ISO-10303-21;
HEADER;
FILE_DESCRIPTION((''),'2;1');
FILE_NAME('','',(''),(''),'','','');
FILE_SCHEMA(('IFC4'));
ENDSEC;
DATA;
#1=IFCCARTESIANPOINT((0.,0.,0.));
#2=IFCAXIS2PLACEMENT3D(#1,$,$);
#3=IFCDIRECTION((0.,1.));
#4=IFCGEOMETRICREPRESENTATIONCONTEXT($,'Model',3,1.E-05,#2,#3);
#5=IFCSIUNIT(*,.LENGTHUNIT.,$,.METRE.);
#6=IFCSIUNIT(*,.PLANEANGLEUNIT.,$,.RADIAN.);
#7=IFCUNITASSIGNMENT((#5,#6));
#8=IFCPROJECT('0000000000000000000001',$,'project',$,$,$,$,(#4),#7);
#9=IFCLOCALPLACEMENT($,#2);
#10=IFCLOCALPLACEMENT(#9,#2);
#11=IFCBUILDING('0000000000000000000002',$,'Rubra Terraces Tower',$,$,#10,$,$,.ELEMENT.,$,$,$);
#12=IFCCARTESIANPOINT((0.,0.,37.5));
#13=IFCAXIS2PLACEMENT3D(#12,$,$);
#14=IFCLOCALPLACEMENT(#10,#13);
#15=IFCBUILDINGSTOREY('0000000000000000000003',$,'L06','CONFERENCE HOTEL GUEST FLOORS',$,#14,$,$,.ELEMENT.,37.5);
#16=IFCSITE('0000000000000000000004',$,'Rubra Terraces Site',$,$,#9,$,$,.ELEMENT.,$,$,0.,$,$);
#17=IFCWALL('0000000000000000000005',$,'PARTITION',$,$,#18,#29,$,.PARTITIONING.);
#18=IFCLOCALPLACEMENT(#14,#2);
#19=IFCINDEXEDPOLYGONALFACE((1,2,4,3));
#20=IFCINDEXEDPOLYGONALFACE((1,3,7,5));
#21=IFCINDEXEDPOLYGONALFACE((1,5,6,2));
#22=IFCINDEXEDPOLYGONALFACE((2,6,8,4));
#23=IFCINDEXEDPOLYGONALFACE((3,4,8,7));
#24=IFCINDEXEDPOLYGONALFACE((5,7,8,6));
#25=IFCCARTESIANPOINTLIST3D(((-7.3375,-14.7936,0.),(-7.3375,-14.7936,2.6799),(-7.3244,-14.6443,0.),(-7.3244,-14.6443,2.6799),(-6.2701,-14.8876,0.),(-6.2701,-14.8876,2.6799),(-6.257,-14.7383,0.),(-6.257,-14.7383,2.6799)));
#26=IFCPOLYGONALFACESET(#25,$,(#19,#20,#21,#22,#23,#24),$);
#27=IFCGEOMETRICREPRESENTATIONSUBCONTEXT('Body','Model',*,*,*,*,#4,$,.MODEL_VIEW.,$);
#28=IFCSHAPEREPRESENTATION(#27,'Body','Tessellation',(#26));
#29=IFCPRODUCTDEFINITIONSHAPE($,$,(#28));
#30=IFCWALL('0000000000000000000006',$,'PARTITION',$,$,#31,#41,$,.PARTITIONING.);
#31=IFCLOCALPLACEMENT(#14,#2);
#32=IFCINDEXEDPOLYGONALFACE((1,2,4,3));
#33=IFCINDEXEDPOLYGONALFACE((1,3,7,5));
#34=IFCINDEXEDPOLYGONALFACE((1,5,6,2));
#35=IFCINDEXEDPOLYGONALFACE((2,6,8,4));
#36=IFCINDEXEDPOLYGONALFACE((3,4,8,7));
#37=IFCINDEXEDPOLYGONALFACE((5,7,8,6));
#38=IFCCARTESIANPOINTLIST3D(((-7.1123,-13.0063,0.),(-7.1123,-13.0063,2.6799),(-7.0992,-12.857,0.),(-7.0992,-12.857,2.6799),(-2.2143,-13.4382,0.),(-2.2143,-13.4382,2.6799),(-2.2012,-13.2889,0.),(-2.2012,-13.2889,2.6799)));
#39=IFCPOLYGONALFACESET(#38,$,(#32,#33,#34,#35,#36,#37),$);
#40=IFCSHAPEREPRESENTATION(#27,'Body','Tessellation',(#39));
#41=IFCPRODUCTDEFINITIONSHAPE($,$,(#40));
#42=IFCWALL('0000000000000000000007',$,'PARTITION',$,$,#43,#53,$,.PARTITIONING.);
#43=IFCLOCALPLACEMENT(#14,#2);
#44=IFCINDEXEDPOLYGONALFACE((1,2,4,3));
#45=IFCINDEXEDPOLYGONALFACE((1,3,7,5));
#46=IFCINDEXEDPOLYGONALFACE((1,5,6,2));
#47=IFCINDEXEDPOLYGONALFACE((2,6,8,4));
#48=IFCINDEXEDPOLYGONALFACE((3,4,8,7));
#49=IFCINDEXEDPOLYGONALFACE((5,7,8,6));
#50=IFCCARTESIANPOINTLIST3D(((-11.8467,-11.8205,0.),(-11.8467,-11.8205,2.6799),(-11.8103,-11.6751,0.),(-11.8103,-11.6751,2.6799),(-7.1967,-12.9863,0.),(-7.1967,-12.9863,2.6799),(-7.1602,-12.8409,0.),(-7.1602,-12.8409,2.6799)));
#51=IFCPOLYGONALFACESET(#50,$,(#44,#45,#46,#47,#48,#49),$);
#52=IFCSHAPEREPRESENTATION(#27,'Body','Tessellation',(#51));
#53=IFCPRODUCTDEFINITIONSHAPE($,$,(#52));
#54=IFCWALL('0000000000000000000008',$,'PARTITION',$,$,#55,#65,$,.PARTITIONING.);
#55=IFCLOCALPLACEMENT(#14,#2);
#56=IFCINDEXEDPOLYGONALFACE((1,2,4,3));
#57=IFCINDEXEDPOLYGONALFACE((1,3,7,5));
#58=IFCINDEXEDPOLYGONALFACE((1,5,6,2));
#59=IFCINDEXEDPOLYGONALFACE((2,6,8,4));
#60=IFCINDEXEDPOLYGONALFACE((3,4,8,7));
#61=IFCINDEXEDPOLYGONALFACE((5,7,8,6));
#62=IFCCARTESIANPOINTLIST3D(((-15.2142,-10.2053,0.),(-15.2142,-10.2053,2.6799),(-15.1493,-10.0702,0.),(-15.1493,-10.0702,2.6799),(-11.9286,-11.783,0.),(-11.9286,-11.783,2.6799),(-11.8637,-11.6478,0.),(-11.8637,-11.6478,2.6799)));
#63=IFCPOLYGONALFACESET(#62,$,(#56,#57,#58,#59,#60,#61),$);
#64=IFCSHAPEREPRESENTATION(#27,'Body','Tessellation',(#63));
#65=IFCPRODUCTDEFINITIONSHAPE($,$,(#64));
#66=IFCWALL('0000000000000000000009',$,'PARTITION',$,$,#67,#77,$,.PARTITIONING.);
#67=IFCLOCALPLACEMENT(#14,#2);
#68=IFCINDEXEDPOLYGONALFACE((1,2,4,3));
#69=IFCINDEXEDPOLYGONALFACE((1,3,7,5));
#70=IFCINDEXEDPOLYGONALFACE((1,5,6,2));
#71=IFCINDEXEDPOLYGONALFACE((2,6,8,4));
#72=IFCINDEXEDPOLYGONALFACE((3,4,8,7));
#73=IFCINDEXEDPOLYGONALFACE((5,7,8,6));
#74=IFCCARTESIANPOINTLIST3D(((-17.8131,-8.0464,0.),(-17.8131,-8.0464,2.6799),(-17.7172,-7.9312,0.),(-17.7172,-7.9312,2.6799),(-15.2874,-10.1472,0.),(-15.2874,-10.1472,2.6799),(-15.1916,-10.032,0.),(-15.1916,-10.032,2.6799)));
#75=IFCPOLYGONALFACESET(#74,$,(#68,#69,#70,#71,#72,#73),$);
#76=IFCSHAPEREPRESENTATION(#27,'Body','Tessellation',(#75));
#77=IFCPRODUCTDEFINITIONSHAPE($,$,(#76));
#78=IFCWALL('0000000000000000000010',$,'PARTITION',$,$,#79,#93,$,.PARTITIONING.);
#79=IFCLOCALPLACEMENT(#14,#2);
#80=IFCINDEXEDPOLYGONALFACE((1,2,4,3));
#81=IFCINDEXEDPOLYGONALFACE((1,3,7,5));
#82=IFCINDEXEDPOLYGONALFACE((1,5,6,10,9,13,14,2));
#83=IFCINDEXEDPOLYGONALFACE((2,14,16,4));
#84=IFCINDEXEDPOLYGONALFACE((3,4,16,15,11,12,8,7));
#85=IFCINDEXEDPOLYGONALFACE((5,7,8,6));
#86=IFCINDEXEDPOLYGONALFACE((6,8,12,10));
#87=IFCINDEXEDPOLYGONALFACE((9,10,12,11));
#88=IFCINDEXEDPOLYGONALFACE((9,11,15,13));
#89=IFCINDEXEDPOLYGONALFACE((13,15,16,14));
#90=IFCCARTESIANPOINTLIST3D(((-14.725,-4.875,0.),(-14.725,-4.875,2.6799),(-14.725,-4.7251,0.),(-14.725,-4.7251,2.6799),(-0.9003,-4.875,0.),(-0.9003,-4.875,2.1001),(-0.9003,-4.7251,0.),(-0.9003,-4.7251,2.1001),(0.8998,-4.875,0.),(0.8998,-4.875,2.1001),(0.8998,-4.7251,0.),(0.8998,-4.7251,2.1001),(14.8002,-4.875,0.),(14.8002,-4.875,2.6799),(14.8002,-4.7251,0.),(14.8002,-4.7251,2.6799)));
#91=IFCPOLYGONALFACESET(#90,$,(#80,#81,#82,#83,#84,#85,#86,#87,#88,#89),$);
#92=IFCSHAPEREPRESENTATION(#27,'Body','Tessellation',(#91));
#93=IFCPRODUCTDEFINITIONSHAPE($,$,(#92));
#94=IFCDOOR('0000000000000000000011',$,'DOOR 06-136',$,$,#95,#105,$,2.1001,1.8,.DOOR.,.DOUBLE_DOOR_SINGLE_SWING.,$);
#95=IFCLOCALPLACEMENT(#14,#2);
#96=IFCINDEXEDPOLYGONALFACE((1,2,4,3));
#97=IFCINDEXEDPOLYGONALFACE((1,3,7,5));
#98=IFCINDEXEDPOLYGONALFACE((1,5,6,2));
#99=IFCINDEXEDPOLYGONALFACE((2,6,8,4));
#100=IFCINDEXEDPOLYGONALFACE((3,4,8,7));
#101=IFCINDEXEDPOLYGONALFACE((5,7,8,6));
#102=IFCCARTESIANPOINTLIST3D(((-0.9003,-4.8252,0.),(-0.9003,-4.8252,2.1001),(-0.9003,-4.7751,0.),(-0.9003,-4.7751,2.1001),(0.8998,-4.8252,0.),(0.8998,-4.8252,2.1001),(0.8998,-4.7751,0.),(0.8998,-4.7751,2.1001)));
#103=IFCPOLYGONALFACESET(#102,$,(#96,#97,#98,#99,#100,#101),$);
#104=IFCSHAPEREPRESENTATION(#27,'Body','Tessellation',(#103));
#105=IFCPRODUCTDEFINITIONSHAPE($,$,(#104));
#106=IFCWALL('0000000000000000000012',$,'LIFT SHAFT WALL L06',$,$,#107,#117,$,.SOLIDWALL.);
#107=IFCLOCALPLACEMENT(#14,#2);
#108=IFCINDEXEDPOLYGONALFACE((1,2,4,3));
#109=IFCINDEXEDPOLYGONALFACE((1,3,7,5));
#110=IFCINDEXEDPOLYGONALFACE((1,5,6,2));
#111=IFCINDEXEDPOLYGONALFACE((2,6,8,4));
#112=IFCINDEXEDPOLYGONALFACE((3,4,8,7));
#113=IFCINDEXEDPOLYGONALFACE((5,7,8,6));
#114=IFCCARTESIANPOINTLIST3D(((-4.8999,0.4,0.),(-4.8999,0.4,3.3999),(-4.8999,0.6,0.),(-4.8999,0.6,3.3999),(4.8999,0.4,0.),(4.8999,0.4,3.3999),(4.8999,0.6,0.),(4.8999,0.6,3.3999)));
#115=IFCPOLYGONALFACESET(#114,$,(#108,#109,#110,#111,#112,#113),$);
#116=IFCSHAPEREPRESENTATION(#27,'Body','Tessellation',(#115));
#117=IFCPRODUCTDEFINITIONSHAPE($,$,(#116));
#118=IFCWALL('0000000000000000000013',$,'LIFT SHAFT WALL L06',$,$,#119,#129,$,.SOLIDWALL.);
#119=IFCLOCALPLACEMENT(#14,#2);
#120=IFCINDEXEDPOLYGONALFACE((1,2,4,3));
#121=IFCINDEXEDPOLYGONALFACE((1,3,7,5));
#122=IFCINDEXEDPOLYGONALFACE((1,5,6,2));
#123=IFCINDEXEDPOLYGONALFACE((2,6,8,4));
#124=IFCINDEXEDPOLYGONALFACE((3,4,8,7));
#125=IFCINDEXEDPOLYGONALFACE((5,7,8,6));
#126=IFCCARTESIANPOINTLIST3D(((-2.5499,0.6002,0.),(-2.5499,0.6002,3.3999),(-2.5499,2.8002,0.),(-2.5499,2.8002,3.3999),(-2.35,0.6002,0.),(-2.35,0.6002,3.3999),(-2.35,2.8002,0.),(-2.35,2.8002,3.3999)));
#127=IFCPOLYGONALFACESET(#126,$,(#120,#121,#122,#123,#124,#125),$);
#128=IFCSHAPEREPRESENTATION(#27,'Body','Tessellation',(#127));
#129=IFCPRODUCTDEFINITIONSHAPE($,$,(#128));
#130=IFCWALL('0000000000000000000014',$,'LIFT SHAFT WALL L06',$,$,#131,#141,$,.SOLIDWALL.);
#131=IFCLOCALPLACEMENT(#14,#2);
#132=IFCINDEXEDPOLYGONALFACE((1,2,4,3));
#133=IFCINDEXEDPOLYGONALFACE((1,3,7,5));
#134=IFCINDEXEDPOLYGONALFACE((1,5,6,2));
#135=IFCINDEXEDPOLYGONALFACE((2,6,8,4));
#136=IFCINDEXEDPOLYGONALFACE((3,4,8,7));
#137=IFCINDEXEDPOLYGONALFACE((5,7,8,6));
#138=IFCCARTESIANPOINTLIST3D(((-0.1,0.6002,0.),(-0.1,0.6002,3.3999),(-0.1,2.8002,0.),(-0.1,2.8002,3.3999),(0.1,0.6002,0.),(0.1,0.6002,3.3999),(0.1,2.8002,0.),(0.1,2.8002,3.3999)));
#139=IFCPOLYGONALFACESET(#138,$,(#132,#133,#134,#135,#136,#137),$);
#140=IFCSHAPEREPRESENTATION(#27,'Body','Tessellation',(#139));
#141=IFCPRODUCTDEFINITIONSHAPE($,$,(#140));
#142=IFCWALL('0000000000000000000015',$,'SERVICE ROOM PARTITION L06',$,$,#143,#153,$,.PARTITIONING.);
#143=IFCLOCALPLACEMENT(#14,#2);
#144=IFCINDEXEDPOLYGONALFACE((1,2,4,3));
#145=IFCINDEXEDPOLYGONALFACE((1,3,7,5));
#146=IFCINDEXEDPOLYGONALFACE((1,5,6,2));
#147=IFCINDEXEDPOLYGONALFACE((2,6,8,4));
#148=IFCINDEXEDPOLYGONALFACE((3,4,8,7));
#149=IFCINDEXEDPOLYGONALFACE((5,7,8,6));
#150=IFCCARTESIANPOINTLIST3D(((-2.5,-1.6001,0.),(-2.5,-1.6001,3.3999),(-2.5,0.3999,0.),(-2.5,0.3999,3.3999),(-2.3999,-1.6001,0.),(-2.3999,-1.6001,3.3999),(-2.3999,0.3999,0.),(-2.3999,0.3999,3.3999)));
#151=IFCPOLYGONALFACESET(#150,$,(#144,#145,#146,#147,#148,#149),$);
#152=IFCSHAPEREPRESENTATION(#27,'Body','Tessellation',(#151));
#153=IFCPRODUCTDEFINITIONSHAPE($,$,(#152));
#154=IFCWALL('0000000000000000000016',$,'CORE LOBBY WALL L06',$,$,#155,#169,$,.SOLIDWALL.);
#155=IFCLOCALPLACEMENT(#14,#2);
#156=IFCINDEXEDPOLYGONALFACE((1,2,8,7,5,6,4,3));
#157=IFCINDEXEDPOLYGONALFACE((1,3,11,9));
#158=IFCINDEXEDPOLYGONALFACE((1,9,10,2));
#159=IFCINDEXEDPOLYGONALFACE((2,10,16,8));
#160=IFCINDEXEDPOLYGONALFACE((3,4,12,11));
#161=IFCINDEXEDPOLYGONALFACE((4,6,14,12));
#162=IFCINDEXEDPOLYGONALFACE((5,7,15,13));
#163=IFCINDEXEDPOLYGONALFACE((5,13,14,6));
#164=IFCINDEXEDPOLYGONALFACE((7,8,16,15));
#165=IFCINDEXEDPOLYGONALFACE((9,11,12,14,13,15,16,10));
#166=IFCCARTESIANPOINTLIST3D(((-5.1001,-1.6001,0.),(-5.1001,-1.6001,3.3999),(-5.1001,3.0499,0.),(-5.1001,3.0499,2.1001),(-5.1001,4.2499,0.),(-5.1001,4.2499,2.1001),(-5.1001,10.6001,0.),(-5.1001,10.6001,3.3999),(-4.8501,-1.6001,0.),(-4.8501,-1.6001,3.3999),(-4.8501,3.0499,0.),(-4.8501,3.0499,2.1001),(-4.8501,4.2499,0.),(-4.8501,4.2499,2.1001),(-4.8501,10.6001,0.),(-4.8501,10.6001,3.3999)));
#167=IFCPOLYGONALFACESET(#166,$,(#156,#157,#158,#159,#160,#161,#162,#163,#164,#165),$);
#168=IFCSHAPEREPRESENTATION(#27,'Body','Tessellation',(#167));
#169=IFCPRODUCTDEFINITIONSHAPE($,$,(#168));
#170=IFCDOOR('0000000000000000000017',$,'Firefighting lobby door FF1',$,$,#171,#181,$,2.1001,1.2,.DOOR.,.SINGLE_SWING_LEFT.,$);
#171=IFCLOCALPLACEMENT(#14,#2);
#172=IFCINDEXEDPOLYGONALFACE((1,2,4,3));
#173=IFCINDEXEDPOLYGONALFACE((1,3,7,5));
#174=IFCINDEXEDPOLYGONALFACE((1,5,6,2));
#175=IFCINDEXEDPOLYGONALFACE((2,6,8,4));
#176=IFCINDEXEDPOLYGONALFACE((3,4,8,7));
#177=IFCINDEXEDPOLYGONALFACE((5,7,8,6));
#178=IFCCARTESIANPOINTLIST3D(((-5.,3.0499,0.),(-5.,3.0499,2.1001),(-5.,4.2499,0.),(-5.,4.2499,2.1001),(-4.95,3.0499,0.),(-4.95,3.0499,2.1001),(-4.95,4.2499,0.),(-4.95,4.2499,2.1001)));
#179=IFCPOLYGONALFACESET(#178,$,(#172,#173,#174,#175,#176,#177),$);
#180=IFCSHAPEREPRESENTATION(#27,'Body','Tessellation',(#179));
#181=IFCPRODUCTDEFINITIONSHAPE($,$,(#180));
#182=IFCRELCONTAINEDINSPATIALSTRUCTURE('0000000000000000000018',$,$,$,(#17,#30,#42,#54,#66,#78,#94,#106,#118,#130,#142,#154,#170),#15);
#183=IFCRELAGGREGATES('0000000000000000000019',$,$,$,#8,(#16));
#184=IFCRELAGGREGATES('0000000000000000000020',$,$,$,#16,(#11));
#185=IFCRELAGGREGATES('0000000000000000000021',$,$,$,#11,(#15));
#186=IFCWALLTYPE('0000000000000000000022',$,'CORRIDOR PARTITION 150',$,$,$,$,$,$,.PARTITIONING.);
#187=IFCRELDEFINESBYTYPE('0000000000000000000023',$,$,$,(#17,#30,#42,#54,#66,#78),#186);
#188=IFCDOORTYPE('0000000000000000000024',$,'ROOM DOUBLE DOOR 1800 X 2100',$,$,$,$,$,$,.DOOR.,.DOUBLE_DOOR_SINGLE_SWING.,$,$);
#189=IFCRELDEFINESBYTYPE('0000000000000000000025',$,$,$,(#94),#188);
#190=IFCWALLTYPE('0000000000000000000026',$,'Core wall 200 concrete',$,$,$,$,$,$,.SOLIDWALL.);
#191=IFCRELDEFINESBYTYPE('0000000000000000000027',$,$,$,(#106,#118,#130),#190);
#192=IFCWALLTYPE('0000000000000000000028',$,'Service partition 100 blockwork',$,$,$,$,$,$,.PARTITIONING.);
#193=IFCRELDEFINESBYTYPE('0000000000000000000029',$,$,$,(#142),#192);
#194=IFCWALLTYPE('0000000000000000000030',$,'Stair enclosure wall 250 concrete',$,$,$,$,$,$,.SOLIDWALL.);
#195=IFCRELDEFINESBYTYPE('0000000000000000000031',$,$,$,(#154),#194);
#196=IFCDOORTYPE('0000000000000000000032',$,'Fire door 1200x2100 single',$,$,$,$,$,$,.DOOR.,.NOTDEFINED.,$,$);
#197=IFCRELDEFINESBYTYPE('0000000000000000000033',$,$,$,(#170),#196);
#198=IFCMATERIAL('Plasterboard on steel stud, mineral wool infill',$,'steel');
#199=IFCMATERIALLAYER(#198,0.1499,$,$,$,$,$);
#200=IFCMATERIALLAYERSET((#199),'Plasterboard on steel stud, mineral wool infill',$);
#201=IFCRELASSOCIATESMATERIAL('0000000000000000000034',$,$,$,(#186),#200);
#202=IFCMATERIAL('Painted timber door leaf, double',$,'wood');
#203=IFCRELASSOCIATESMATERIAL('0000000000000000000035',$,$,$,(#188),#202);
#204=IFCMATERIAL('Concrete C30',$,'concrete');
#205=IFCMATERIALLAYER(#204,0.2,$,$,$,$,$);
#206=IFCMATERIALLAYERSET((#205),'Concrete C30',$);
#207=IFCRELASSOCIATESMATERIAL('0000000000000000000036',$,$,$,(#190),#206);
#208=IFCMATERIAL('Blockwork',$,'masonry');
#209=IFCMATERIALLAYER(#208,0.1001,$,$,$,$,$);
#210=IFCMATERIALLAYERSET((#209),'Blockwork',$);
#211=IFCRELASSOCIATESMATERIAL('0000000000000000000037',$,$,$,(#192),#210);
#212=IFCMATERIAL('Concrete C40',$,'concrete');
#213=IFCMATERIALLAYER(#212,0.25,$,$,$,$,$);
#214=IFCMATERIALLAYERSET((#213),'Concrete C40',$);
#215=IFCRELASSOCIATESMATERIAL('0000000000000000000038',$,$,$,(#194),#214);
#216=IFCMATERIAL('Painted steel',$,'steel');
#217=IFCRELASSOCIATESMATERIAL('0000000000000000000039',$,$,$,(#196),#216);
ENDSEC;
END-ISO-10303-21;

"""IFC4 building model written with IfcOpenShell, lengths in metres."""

from ifc_helpers import new_model, si_unit, direction, frame, frame_2d, origin, place, context, subcontext, project, spatial, rectangle, extrude, material, layer, layer_set, type_object, element, fill, save


model = new_model("IFC4")

# Units and contexts
model_context = context("Model", 3, precision=1e-05, world=origin(), true_north=direction((0.0, 1.0)))
body_context = subcontext(model_context, "Body", "Model", "MODEL_VIEW")
ifc_project = project(units=[si_unit("LENGTHUNIT", "METRE"), si_unit("PLANEANGLEUNIT", "RADIAN")], contexts=[model_context])

# Site, building, storey
site_placement = place(None, origin())
site = spatial("IfcSite", under=ifc_project, at=site_placement, Name="Rubra Terraces Site", CompositionType="ELEMENT", RefElevation=0.0)
building_placement = place(site_placement, origin())
building = spatial("IfcBuilding", under=site, at=building_placement, Name="Rubra Terraces Tower", CompositionType="ELEMENT")
storey_placement = place(building_placement, frame((0.0, 0.0, 37.5)))
storey = spatial("IfcBuildingStorey", under=building, at=storey_placement, Name="L06", Description="CONFERENCE HOTEL GUEST FLOORS", CompositionType="ELEMENT", Elevation=37.5)

# Shared definitions
ifc_material_1 = material(Name="Concrete C40", Category="concrete")

# Shared definitions
ifc_material_2 = material(Name="Painted steel", Category="steel")

# Shared definitions
ifc_material_3 = material(Name="Plasterboard on steel stud, mineral wool infill", Category="steel")
ifc_layer_1 = layer(ifc_material_3, 0.1499)
ifc_layer_set_1 = layer_set([ifc_layer_1], Name="Plasterboard on steel stud, mineral wool infill")
wall_type_1 = type_object("IfcWallType", Name="CORRIDOR PARTITION 150", PredefinedType="PARTITIONING", material=ifc_layer_set_1)

# Walls
wall_1_placement = place(storey_placement, frame((-7.3308, -14.719, 0.0), z_axis=(0.0, 0.0, 1.0), x_axis=(0.996145, -0.087721, 0.0)))
element("IfcWall", 1, at=wall_1_placement, inside=storey, type_object=wall_type_1, Name="PARTITION", PredefinedType="PARTITIONING", context=body_context, shape_type="SweptSolid", body=[
    extrude(rectangle(XDim=1.0715, YDim=0.1499, at=frame_2d((0.5356, 0.0))), origin(), (0.0, 0.0, 1.0), 2.6799),
])
wall_2_placement = place(storey_placement, frame((-2.2078, -13.3635, 0.0), z_axis=(0.0, 0.0, 1.0), x_axis=(-0.996135, 0.087836, 0.0)))
element("IfcWall", 2, at=wall_2_placement, inside=storey, type_object=wall_type_1, Name="PARTITION", PredefinedType="PARTITIONING", context=body_context, shape_type="SweptSolid", body=[
    extrude(rectangle(XDim=4.917, YDim=0.1499, at=frame_2d((2.4585, 0.0))), origin(), (0.0, 0.0, 1.0), 2.6799),
])
wall_3_placement = place(storey_placement, frame((-7.1785, -12.9136, 0.0), z_axis=(0.0, 0.0, 1.0), x_axis=(-0.969984, 0.243171, 0.0)))
element("IfcWall", 3, at=wall_3_placement, inside=storey, type_object=wall_type_1, Name="PARTITION", PredefinedType="PARTITIONING", context=body_context, shape_type="SweptSolid", body=[
    extrude(rectangle(XDim=4.7939, YDim=0.1499, at=frame_2d((2.397, 0.0))), origin(), (0.0, 0.0, 1.0), 2.6799),
])
wall_4_placement = place(storey_placement, frame((-11.8962, -11.7153, 0.0), z_axis=(0.0, 0.0, 1.0), x_axis=(-0.901467, 0.432849, 0.0)))
element("IfcWall", 4, at=wall_4_placement, inside=storey, type_object=wall_type_1, Name="PARTITION", PredefinedType="PARTITIONING", context=body_context, shape_type="SweptSolid", body=[
    extrude(rectangle(XDim=3.6448, YDim=0.1499, at=frame_2d((1.8223, 0.0))), origin(), (0.0, 0.0, 1.0), 2.6799),
])
wall_5_placement = place(storey_placement, frame((-15.2395, -10.0896, 0.0), z_axis=(0.0, 0.0, 1.0), x_axis=(-0.7688, 0.63949, 0.0)))
element("IfcWall", 5, at=wall_5_placement, inside=storey, type_object=wall_type_1, Name="PARTITION", PredefinedType="PARTITIONING", context=body_context, shape_type="SweptSolid", body=[
    extrude(rectangle(XDim=3.2852, YDim=0.1499, at=frame_2d((1.6426, 0.0))), origin(), (0.0, 0.0, 1.0), 2.6799),
])

# Wall, opening, door
wall_6_placement = place(storey_placement, frame((-14.7251, -4.8, 0.0), z_axis=(0.0, 0.0, 1.0), x_axis=(1.0, 0.0, 0.0)))
wall_6 = element("IfcWall", 6, at=wall_6_placement, inside=storey, type_object=wall_type_1, Name="PARTITION", PredefinedType="PARTITIONING", context=body_context, shape_type="SweptSolid", body=[
    extrude(rectangle(XDim=29.5251, YDim=0.1499, at=frame_2d((14.7627, 0.0))), origin(), (0.0, 0.0, 1.0), 2.6799),
])
opening_1_placement = place(wall_6_placement, frame((13.825, 0.0, 0.0)))
opening_1 = element("IfcOpeningElement", 7, at=opening_1_placement, cuts=wall_6, PredefinedType="OPENING", context=body_context, shape_type="SweptSolid", body=[
    extrude(rectangle(XDim=1.8, YDim=2.1001, at=frame_2d((0.8999, 1.05))), frame((0.0, 0.085, 0.0), z_axis=(0.0, -1.0, 0.0), x_axis=(1.0, 0.0, 0.0)), (0.0, 0.0, 1.0), 0.1699),
])
ifc_material_4 = material(Name="Painted timber door leaf, double", Category="wood")
door_type_1 = type_object("IfcDoorType", Name="ROOM DOUBLE DOOR 1800 X 2100", OperationType="DOUBLE_DOOR_SINGLE_SWING", PredefinedType="DOOR", material=ifc_material_4)
door_1_placement = place(opening_1_placement, origin())
door_1 = element("IfcDoor", 8, at=door_1_placement, inside=storey, type_object=door_type_1, Name="DOOR 06-136", OperationType="DOUBLE_DOOR_SINGLE_SWING", OverallHeight=2.1001, OverallWidth=1.8, PredefinedType="DOOR", context=body_context, shape_type="SweptSolid", body=[
    extrude(rectangle(XDim=1.8, YDim=2.1001, at=frame_2d((0.8999, 1.05))), frame((0.0, 0.0249, 0.0), z_axis=(0.0, -1.0, 0.0), x_axis=(1.0, 0.0, 0.0)), (0.0, 0.0, 1.0), 0.05),
])
fill(opening_1, door_1)

# Walls
ifc_material_5 = material(Name="Concrete C30", Category="concrete")
ifc_layer_2 = layer(ifc_material_5, 0.2)
ifc_layer_set_2 = layer_set([ifc_layer_2], Name="Concrete C30")
wall_type_2 = type_object("IfcWallType", Name="Core wall 200 concrete", PredefinedType="SOLIDWALL", material=ifc_layer_set_2)
wall_7_placement = place(storey_placement, frame((-4.8999, 0.5, 0.0), z_axis=(0.0, 0.0, 1.0), x_axis=(1.0, 0.0, 0.0)))
element("IfcWall", 9, at=wall_7_placement, inside=storey, type_object=wall_type_2, Name="LIFT SHAFT WALL L06", PredefinedType="SOLIDWALL", context=body_context, shape_type="SweptSolid", body=[
    extrude(rectangle(XDim=9.7998, YDim=0.2, at=frame_2d((4.8999, 0.0))), origin(), (0.0, 0.0, 1.0), 3.3999),
])
for number, where, z_axis, x_axis, name in (
    (10, (-2.45, 0.6001, 0.0), (0.0, 0.0, 1.0), (0.0, 1.0, 0.0), "LIFT SHAFT WALL L06"),
    (11, (0.0, 0.6001, 0.0), (0.0, 0.0, 1.0), (0.0, 1.0, 0.0), "LIFT SHAFT WALL L06"),
):
    element("IfcWall", number, at=place(storey_placement, frame(where, z_axis=z_axis, x_axis=x_axis)), inside=storey, type_object=wall_type_2, Name=name, PredefinedType="SOLIDWALL", context=body_context, shape_type="SweptSolid", body=[
        extrude(rectangle(XDim=2.2, YDim=0.2, at=frame_2d((1.1001, 0.0))), origin(), (0.0, 0.0, 1.0), 3.3999),
    ])
ifc_material_6 = material(Name="Blockwork", Category="masonry")
ifc_layer_3 = layer(ifc_material_6, 0.1001)
ifc_layer_set_3 = layer_set([ifc_layer_3], Name="Blockwork")
wall_type_3 = type_object("IfcWallType", Name="Service partition 100 blockwork", PredefinedType="PARTITIONING", material=ifc_layer_set_3)
wall_8_placement = place(storey_placement, frame((-2.45, -1.6001, 0.0), z_axis=(0.0, 0.0, 1.0), x_axis=(0.0, 1.0, 0.0)))
element("IfcWall", 12, at=wall_8_placement, inside=storey, type_object=wall_type_3, Name="SERVICE ROOM PARTITION L06", PredefinedType="PARTITIONING", context=body_context, shape_type="SweptSolid", body=[
    extrude(rectangle(XDim=2.0, YDim=0.1001, at=frame_2d((1.0, 0.0))), origin(), (0.0, 0.0, 1.0), 3.3999),
])

# Wall, opening, door
ifc_layer_4 = layer(ifc_material_1, 0.25)
ifc_layer_set_4 = layer_set([ifc_layer_4], Name="Concrete C40")
wall_type_4 = type_object("IfcWallType", Name="Stair enclosure wall 250 concrete", PredefinedType="SOLIDWALL", material=ifc_layer_set_4)
wall_9_placement = place(storey_placement, frame((-4.9751, -1.6001, 0.0), z_axis=(0.0, 0.0, 1.0), x_axis=(0.0, 1.0, 0.0)))
wall_9 = element("IfcWall", 13, at=wall_9_placement, inside=storey, type_object=wall_type_4, Name="CORE LOBBY WALL L06", PredefinedType="SOLIDWALL", context=body_context, shape_type="SweptSolid", body=[
    extrude(rectangle(XDim=12.2002, YDim=0.25, at=frame_2d((6.1001, 0.0))), origin(), (0.0, 0.0, 1.0), 3.3999),
])
opening_2_placement = place(wall_9_placement, frame((4.6499, 0.0, 0.0)))
opening_2 = element("IfcOpeningElement", 14, at=opening_2_placement, cuts=wall_9, PredefinedType="OPENING", context=body_context, shape_type="SweptSolid", body=[
    extrude(rectangle(XDim=1.2, YDim=2.1001, at=frame_2d((0.6001, 1.05))), frame((0.0, 0.135, 0.0), z_axis=(0.0, -1.0, 0.0), x_axis=(1.0, 0.0, 0.0)), (0.0, 0.0, 1.0), 0.27),
])
door_type_2 = type_object("IfcDoorType", Name="Fire door 1200x2100 single", OperationType="NOTDEFINED", PredefinedType="DOOR", material=ifc_material_2)
door_2_placement = place(opening_2_placement, origin())
door_2 = element("IfcDoor", 15, at=door_2_placement, inside=storey, type_object=door_type_2, Name="Firefighting lobby door FF1", OperationType="SINGLE_SWING_LEFT", OverallHeight=2.1001, OverallWidth=1.2, PredefinedType="DOOR", context=body_context, shape_type="SweptSolid", body=[
    extrude(rectangle(XDim=1.2, YDim=2.1001, at=frame_2d((0.6001, 1.05))), frame((0.0, 0.0249, 0.0), z_axis=(0.0, -1.0, 0.0), x_axis=(1.0, 0.0, 0.0)), (0.0, 0.0, 1.0), 0.05),
])
fill(opening_2, door_2)

save(model, "model.ifc")
